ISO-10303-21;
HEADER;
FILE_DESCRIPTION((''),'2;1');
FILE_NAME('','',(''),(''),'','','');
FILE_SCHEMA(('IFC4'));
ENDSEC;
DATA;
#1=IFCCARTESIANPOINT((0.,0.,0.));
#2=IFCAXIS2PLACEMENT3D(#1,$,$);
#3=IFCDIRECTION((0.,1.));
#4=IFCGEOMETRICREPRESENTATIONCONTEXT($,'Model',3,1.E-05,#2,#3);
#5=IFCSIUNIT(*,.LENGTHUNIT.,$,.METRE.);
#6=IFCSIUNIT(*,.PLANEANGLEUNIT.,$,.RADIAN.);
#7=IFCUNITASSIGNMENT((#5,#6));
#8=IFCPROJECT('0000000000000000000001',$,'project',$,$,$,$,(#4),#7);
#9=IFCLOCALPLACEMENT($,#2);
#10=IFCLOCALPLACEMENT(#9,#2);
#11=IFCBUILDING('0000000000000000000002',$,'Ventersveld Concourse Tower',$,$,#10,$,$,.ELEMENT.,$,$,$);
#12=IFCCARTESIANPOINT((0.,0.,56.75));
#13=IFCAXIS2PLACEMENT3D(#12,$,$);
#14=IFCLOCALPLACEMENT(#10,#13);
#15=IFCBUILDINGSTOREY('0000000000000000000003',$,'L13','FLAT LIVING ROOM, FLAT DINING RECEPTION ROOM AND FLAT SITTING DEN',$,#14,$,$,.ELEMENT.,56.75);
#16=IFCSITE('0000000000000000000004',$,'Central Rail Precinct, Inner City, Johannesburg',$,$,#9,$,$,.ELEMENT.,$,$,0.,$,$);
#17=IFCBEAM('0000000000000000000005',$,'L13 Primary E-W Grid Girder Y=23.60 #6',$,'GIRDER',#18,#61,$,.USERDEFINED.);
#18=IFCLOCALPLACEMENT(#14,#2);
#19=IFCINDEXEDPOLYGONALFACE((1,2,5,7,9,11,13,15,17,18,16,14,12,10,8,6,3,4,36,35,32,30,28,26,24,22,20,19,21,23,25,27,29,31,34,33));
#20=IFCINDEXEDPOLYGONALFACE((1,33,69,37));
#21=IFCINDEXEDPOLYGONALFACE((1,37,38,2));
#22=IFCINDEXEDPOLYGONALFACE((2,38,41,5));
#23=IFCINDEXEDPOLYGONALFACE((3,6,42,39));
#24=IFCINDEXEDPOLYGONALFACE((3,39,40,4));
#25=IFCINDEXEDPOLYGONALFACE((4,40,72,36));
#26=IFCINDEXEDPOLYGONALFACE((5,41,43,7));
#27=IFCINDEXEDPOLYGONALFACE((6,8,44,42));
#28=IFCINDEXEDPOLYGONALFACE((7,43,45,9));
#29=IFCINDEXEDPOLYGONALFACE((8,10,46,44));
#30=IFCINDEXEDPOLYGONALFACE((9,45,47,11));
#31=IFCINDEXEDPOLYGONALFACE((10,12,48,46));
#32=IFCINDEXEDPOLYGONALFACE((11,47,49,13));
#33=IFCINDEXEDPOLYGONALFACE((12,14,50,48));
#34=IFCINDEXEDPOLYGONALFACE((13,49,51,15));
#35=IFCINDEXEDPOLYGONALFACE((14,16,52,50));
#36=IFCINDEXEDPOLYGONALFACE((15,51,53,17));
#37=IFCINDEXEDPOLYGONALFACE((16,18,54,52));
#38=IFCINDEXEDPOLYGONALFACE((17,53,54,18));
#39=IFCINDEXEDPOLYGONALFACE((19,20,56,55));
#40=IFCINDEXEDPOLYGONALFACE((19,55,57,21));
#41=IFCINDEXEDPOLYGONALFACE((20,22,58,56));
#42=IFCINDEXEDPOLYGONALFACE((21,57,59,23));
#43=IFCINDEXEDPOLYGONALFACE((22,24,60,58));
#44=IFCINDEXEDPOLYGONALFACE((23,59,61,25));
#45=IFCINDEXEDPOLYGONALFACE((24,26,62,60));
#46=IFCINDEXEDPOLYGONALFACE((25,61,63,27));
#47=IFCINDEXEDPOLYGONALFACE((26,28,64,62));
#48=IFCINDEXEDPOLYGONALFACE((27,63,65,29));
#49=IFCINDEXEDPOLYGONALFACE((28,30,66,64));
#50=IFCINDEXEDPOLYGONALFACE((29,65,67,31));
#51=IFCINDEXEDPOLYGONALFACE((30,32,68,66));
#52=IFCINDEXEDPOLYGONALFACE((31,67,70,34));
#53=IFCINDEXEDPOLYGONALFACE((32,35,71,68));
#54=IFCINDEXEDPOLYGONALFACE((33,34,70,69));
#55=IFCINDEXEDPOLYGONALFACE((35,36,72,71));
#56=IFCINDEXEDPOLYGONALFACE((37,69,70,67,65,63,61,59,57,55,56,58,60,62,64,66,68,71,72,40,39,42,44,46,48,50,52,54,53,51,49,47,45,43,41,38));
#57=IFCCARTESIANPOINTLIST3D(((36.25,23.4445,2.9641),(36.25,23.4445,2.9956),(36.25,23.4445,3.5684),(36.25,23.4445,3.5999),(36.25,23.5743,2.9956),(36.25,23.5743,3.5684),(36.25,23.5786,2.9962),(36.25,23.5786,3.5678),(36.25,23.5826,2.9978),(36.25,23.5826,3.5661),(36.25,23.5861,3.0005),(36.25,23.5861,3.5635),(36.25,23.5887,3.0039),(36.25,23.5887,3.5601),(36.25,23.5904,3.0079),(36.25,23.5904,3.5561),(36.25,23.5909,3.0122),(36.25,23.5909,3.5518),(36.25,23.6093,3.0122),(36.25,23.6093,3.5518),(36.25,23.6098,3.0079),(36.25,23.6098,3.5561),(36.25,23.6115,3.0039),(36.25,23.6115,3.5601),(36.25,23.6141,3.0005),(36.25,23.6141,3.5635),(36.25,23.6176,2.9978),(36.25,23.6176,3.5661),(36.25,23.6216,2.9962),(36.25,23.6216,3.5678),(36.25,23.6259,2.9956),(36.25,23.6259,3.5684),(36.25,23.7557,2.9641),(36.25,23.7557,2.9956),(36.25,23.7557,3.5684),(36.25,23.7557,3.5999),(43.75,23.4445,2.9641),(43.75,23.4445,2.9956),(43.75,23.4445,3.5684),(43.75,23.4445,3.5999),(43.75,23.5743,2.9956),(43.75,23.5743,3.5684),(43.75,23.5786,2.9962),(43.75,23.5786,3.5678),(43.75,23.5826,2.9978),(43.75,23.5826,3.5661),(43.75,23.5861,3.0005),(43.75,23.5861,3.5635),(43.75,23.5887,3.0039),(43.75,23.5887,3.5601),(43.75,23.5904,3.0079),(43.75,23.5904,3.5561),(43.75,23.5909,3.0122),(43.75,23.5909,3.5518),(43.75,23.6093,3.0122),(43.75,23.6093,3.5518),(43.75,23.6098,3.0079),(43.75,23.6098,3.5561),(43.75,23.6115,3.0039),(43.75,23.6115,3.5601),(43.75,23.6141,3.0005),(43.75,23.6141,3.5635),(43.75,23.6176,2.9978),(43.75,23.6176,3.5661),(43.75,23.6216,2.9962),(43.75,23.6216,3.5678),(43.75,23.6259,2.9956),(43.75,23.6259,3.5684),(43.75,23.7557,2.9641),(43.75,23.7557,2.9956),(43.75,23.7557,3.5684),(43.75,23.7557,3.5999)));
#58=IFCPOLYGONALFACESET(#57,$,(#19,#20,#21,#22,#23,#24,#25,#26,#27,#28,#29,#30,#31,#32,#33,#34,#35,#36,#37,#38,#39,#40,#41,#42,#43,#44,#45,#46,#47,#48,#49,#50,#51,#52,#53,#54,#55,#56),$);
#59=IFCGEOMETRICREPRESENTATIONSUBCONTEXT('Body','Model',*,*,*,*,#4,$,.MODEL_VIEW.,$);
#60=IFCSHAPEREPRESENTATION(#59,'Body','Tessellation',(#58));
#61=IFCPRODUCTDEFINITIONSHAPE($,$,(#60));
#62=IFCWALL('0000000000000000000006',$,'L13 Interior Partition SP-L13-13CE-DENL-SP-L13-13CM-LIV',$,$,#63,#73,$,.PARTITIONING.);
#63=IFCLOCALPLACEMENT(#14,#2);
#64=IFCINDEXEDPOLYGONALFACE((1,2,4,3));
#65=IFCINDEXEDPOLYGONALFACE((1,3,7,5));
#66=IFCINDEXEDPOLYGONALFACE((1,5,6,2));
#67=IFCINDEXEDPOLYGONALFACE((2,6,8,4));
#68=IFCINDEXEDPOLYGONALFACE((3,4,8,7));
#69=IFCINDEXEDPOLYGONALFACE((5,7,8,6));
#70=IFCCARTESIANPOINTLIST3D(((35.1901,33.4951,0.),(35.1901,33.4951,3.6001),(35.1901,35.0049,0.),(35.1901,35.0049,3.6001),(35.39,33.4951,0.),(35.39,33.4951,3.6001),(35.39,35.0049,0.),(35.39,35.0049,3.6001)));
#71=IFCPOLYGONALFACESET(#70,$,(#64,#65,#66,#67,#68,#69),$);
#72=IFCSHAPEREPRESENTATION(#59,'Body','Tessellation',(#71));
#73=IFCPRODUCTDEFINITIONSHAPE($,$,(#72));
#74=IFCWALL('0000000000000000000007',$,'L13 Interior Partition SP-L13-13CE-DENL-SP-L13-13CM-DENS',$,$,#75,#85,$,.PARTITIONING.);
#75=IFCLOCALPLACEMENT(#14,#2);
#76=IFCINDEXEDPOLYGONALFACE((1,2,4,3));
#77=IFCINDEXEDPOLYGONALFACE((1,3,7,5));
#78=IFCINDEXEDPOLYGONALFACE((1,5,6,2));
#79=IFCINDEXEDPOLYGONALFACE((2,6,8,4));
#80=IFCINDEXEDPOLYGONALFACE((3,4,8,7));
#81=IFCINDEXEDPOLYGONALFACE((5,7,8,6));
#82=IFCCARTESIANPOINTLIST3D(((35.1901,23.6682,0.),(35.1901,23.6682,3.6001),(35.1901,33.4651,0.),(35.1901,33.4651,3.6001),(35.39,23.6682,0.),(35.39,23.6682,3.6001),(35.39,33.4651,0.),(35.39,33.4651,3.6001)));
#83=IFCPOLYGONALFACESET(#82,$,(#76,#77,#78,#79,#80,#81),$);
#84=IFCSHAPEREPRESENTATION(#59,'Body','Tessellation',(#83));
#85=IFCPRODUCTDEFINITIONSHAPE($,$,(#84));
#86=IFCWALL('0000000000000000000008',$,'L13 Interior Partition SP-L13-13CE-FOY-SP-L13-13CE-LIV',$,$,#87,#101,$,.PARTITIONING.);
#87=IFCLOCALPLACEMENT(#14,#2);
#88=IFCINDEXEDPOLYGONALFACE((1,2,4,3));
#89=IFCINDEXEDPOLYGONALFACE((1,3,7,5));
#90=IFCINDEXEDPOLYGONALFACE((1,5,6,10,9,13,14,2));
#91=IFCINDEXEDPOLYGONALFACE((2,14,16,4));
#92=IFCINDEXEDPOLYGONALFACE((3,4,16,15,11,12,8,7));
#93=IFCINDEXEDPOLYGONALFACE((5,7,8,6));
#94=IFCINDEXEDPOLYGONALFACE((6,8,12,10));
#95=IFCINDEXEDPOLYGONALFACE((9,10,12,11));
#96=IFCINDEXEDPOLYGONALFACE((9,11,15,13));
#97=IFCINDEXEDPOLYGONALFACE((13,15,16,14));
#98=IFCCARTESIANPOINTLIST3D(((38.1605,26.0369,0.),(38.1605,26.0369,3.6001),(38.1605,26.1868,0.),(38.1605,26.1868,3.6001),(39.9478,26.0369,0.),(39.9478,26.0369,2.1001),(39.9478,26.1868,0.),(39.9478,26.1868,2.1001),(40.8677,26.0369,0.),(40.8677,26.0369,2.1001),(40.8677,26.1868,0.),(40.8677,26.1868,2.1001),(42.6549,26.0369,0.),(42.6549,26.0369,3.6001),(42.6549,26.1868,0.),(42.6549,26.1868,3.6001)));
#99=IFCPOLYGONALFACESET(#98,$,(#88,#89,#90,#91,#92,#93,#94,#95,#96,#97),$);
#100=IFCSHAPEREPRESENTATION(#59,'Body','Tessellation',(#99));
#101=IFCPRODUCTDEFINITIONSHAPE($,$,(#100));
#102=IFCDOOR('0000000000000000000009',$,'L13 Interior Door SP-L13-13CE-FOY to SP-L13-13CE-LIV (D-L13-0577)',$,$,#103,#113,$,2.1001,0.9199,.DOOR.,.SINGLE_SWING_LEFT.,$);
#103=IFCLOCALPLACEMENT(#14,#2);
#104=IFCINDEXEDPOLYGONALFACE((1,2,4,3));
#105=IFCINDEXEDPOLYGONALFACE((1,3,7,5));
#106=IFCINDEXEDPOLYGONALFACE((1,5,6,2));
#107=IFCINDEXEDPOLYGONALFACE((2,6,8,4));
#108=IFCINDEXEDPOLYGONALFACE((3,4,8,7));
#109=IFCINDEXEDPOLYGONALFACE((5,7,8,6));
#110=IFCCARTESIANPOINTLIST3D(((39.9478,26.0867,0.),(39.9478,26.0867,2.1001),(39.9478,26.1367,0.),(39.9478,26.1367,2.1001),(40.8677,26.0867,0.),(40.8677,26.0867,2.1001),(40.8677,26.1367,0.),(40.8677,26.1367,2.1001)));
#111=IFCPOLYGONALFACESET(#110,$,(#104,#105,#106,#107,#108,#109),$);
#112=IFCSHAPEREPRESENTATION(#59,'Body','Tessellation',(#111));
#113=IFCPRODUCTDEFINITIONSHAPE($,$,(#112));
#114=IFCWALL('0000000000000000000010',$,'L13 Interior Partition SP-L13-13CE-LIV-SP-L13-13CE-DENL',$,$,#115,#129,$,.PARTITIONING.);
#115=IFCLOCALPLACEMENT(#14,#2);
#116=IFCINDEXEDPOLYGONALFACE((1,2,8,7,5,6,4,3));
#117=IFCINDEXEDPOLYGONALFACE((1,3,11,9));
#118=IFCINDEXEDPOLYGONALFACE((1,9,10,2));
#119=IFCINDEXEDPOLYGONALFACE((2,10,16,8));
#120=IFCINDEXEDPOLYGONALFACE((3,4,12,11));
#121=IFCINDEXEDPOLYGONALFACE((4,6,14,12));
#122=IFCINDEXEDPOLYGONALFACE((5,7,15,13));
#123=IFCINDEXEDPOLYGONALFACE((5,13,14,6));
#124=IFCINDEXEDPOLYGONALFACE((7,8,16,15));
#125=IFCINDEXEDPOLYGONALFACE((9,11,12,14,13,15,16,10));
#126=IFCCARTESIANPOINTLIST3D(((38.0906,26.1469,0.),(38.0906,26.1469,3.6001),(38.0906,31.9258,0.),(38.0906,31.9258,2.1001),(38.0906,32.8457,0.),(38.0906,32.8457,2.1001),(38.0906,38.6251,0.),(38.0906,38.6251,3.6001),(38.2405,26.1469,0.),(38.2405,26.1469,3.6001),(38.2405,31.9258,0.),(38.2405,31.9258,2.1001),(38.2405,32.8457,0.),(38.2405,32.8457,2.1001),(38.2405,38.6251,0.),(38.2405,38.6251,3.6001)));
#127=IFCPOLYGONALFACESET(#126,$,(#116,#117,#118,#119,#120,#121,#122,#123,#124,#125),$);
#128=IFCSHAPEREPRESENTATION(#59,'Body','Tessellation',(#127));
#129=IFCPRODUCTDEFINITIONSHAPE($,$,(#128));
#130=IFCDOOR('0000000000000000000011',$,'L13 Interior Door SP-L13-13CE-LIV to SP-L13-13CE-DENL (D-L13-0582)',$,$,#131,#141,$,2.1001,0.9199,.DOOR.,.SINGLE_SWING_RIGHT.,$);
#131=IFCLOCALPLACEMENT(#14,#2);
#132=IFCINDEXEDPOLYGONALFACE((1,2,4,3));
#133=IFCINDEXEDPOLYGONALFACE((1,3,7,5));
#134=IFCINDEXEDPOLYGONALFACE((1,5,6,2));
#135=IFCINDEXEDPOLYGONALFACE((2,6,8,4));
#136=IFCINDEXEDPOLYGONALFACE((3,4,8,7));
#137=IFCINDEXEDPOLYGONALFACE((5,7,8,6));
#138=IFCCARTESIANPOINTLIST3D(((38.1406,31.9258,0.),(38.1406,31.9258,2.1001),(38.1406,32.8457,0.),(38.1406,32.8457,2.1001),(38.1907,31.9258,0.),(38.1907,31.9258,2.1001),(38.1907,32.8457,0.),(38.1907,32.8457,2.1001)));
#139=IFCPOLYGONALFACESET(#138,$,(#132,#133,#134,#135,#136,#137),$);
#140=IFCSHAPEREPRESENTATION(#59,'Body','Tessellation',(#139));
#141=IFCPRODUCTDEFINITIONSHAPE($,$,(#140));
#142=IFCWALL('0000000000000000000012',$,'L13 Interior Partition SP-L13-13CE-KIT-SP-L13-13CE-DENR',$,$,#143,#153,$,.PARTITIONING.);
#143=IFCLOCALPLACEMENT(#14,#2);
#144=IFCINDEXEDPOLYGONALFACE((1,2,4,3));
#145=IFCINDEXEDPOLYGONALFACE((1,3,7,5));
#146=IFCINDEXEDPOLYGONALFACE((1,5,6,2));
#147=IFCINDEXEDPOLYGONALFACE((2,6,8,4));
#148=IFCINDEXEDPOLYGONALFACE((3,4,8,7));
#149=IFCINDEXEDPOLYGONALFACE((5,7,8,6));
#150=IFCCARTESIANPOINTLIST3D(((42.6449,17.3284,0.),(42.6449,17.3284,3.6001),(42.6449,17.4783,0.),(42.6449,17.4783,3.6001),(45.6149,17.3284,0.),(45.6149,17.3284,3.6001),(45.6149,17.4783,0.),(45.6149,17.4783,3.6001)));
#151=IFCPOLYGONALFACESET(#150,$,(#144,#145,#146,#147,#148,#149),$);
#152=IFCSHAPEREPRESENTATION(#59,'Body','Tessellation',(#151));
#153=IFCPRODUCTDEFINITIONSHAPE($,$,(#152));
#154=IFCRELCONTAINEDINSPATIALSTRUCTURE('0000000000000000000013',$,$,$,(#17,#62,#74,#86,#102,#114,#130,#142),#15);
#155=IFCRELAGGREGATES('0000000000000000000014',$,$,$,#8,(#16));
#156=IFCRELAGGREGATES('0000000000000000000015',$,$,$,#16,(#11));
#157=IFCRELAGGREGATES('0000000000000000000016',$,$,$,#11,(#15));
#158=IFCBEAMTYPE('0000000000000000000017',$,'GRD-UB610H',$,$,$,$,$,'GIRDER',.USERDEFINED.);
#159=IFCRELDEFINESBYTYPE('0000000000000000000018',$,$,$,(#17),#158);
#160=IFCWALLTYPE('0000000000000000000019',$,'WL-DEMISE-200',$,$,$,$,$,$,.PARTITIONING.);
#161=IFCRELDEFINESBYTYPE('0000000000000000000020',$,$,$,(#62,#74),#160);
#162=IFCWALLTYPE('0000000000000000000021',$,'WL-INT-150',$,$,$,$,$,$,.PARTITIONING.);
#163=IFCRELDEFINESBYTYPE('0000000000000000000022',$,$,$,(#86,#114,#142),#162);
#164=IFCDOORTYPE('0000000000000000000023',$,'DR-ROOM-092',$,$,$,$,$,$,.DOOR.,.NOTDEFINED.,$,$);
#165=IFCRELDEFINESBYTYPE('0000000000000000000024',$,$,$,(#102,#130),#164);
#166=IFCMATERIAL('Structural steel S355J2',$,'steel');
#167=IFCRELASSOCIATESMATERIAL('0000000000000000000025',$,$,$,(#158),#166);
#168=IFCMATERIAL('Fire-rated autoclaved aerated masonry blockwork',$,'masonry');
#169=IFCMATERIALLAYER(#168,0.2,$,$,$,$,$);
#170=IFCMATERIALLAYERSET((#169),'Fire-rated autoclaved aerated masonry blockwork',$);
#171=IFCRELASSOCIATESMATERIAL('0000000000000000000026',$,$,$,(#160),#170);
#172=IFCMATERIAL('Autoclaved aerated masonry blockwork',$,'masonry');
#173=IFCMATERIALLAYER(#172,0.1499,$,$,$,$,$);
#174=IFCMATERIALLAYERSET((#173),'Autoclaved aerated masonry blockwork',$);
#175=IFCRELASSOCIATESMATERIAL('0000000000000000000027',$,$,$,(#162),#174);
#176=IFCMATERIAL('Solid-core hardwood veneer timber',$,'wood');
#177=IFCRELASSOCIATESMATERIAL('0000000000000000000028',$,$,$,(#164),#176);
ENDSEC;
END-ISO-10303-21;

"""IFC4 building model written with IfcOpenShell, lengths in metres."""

from ifc_helpers import new_model, si_unit, direction, frame, frame_2d, origin, origin_2d, place, context, subcontext, project, spatial, rectangle, i_section, extrude, material, layer, layer_set, material_profile, profile_set, type_object, element, fill, save


model = new_model("IFC4")

# Units and contexts
model_context = context("Model", 3, precision=1e-05, world=origin(), true_north=direction((0.0, 1.0)))
body_context = subcontext(model_context, "Body", "Model", "MODEL_VIEW")
ifc_project = project(units=[si_unit("LENGTHUNIT", "METRE"), si_unit("PLANEANGLEUNIT", "RADIAN")], contexts=[model_context])

# Site, building, storey
site_placement = place(None, origin())
site = spatial("IfcSite", under=ifc_project, at=site_placement, Name="Central Rail Precinct, Inner City, Johannesburg", CompositionType="ELEMENT", RefElevation=0.0)
building_placement = place(site_placement, origin())
building = spatial("IfcBuilding", under=site, at=building_placement, Name="Ventersveld Concourse Tower", CompositionType="ELEMENT")
storey_placement = place(building_placement, frame((0.0, 0.0, 56.75)))
storey = spatial("IfcBuildingStorey", under=building, at=storey_placement, Name="L13", Description="FLAT LIVING ROOM, FLAT DINING RECEPTION ROOM AND FLAT SITTING DEN", CompositionType="ELEMENT", Elevation=56.75)

# Beam
ifc_material_1 = material(Name="Structural steel S355J2", Category="steel")
ifc_material_profile_1 = material_profile(ifc_material_1, i_section(OverallWidth=0.3113, OverallDepth=0.6357, WebThickness=0.0183, FlangeThickness=0.0315, FilletRadius=0.0166, at=origin_2d()), Name="UB 610x305x238")
ifc_profile_set_1 = profile_set([ifc_material_profile_1], Name="Structural steel S355J2")
beam_type_1 = type_object("IfcBeamType", Name="GRD-UB610H", ElementType="GIRDER", PredefinedType="USERDEFINED", material=ifc_profile_set_1)
for number, where, z_axis, x_axis, name in (
    (1, (36.25, 23.6001, 3.282), (1.0, 0.0, 0.0), (0.0, 1.0, 0.0), "L13 Primary E-W Grid Girder Y=23.60 #6"),
):
    element("IfcBeam", number, at=place(storey_placement, frame(where, z_axis=z_axis, x_axis=x_axis)), inside=storey, type_object=beam_type_1, Name=name, ObjectType="GIRDER", PredefinedType="USERDEFINED", context=body_context, shape_type="SweptSolid", body=[
        extrude(i_section(OverallWidth=0.3113, OverallDepth=0.6357, WebThickness=0.0183, FlangeThickness=0.0315, FilletRadius=0.0166, at=origin_2d()), origin(), (0.0, 0.0, 1.0), 7.5),
    ])

# Walls
ifc_material_2 = material(Name="Fire-rated autoclaved aerated masonry blockwork", Category="masonry")
ifc_layer_1 = layer(ifc_material_2, 0.2)
ifc_layer_set_1 = layer_set([ifc_layer_1], Name="Fire-rated autoclaved aerated masonry blockwork")
wall_type_1 = type_object("IfcWallType", Name="WL-DEMISE-200", PredefinedType="PARTITIONING", material=ifc_layer_set_1)
wall_1_placement = place(storey_placement, frame((35.29, 33.4951, 0.0), z_axis=(0.0, 0.0, 1.0), x_axis=(0.0, 1.0, 0.0)))
element("IfcWall", 2, at=wall_1_placement, inside=storey, type_object=wall_type_1, Name="L13 Interior Partition SP-L13-13CE-DENL-SP-L13-13CM-LIV", PredefinedType="PARTITIONING", context=body_context, shape_type="SweptSolid", body=[
    extrude(rectangle(XDim=1.5098, YDim=0.2, at=frame_2d((0.7549, 0.0))), origin(), (0.0, 0.0, 1.0), 3.6001),
])
wall_2_placement = place(storey_placement, frame((35.29, 23.6682, 0.0), z_axis=(0.0, 0.0, 1.0), x_axis=(0.0, 1.0, 0.0)))
element("IfcWall", 3, at=wall_2_placement, inside=storey, type_object=wall_type_1, Name="L13 Interior Partition SP-L13-13CE-DENL-SP-L13-13CM-DENS", PredefinedType="PARTITIONING", context=body_context, shape_type="SweptSolid", body=[
    extrude(rectangle(XDim=9.7969, YDim=0.2, at=frame_2d((4.8984, 0.0))), origin(), (0.0, 0.0, 1.0), 3.6001),
])

# Walls, openings, doors
ifc_material_3 = material(Name="Autoclaved aerated masonry blockwork", Category="masonry")
ifc_layer_2 = layer(ifc_material_3, 0.1499)
ifc_layer_set_2 = layer_set([ifc_layer_2], Name="Autoclaved aerated masonry blockwork")
wall_type_2 = type_object("IfcWallType", Name="WL-INT-150", PredefinedType="PARTITIONING", material=ifc_layer_set_2)
wall_3_placement = place(storey_placement, frame((38.1606, 26.1118, 0.0), z_axis=(0.0, 0.0, 1.0), x_axis=(1.0, 0.0, 0.0)))
wall_3 = element("IfcWall", 4, at=wall_3_placement, inside=storey, type_object=wall_type_2, Name="L13 Interior Partition SP-L13-13CE-FOY-SP-L13-13CE-LIV", PredefinedType="PARTITIONING", context=body_context, shape_type="SweptSolid", body=[
    extrude(rectangle(XDim=4.4944, YDim=0.1499, at=frame_2d((2.2471, 0.0))), origin(), (0.0, 0.0, 1.0), 3.6001),
])
opening_1_placement = place(wall_3_placement, frame((1.7871, 0.0, 0.0)))
opening_1 = element("IfcOpeningElement", 5, at=opening_1_placement, cuts=wall_3, PredefinedType="OPENING", context=body_context, shape_type="SweptSolid", body=[
    extrude(rectangle(XDim=0.9199, YDim=2.1001, at=frame_2d((0.46, 1.05))), frame((0.0, 0.085, 0.0), z_axis=(0.0, -1.0, 0.0), x_axis=(1.0, 0.0, 0.0)), (0.0, 0.0, 1.0), 0.1699),
])
ifc_material_4 = material(Name="Solid-core hardwood veneer timber", Category="wood")
door_type = type_object("IfcDoorType", Name="DR-ROOM-092", OperationType="NOTDEFINED", PredefinedType="DOOR", material=ifc_material_4)
door_1_placement = place(opening_1_placement, origin())
door_1 = element("IfcDoor", 6, at=door_1_placement, inside=storey, type_object=door_type, Name="L13 Interior Door SP-L13-13CE-FOY to SP-L13-13CE-LIV (D-L13-0577)", OperationType="SINGLE_SWING_LEFT", OverallHeight=2.1001, OverallWidth=0.9199, PredefinedType="DOOR", context=body_context, shape_type="SweptSolid", body=[
    extrude(rectangle(XDim=0.9199, YDim=2.1001, at=frame_2d((0.46, 1.05))), frame((0.0, 0.0249, 0.0), z_axis=(0.0, -1.0, 0.0), x_axis=(1.0, 0.0, 0.0)), (0.0, 0.0, 1.0), 0.05),
])
fill(opening_1, door_1)
wall_4_placement = place(storey_placement, frame((38.1655, 26.1467, 0.0), z_axis=(0.0, 0.0, 1.0), x_axis=(0.0, 1.0, 0.0)))
wall_4 = element("IfcWall", 7, at=wall_4_placement, inside=storey, type_object=wall_type_2, Name="L13 Interior Partition SP-L13-13CE-LIV-SP-L13-13CE-DENL", PredefinedType="PARTITIONING", context=body_context, shape_type="SweptSolid", body=[
    extrude(rectangle(XDim=12.4783, YDim=0.1499, at=frame_2d((6.2393, 0.0))), origin(), (0.0, 0.0, 1.0), 3.6001),
])
opening_2_placement = place(wall_4_placement, frame((5.7791, 0.0, 0.0)))
opening_2 = element("IfcOpeningElement", 8, at=opening_2_placement, cuts=wall_4, PredefinedType="OPENING", context=body_context, shape_type="SweptSolid", body=[
    extrude(rectangle(XDim=0.9199, YDim=2.1001, at=frame_2d((0.46, 1.05))), frame((0.0, 0.085, 0.0), z_axis=(0.0, -1.0, 0.0), x_axis=(1.0, 0.0, 0.0)), (0.0, 0.0, 1.0), 0.1699),
])
door_2_placement = place(opening_2_placement, origin())
door_2 = element("IfcDoor", 9, at=door_2_placement, inside=storey, type_object=door_type, Name="L13 Interior Door SP-L13-13CE-LIV to SP-L13-13CE-DENL (D-L13-0582)", OperationType="SINGLE_SWING_RIGHT", OverallHeight=2.1001, OverallWidth=0.9199, PredefinedType="DOOR", context=body_context, shape_type="SweptSolid", body=[
    extrude(rectangle(XDim=0.9199, YDim=2.1001, at=frame_2d((0.46, 1.05))), frame((0.0, 0.0249, 0.0), z_axis=(0.0, -1.0, 0.0), x_axis=(1.0, 0.0, 0.0)), (0.0, 0.0, 1.0), 0.05),
])
fill(opening_2, door_2)

# Wall
wall_5_placement = place(storey_placement, frame((42.645, 17.4033, 0.0), z_axis=(0.0, 0.0, 1.0), x_axis=(1.0, 0.0, 0.0)))
element("IfcWall", 10, at=wall_5_placement, inside=storey, type_object=wall_type_2, Name="L13 Interior Partition SP-L13-13CE-KIT-SP-L13-13CE-DENR", PredefinedType="PARTITIONING", context=body_context, shape_type="SweptSolid", body=[
    extrude(rectangle(XDim=2.97, YDim=0.1499, at=frame_2d((1.4849, 0.0))), origin(), (0.0, 0.0, 1.0), 3.6001),
])

save(model, "model.ifc")
